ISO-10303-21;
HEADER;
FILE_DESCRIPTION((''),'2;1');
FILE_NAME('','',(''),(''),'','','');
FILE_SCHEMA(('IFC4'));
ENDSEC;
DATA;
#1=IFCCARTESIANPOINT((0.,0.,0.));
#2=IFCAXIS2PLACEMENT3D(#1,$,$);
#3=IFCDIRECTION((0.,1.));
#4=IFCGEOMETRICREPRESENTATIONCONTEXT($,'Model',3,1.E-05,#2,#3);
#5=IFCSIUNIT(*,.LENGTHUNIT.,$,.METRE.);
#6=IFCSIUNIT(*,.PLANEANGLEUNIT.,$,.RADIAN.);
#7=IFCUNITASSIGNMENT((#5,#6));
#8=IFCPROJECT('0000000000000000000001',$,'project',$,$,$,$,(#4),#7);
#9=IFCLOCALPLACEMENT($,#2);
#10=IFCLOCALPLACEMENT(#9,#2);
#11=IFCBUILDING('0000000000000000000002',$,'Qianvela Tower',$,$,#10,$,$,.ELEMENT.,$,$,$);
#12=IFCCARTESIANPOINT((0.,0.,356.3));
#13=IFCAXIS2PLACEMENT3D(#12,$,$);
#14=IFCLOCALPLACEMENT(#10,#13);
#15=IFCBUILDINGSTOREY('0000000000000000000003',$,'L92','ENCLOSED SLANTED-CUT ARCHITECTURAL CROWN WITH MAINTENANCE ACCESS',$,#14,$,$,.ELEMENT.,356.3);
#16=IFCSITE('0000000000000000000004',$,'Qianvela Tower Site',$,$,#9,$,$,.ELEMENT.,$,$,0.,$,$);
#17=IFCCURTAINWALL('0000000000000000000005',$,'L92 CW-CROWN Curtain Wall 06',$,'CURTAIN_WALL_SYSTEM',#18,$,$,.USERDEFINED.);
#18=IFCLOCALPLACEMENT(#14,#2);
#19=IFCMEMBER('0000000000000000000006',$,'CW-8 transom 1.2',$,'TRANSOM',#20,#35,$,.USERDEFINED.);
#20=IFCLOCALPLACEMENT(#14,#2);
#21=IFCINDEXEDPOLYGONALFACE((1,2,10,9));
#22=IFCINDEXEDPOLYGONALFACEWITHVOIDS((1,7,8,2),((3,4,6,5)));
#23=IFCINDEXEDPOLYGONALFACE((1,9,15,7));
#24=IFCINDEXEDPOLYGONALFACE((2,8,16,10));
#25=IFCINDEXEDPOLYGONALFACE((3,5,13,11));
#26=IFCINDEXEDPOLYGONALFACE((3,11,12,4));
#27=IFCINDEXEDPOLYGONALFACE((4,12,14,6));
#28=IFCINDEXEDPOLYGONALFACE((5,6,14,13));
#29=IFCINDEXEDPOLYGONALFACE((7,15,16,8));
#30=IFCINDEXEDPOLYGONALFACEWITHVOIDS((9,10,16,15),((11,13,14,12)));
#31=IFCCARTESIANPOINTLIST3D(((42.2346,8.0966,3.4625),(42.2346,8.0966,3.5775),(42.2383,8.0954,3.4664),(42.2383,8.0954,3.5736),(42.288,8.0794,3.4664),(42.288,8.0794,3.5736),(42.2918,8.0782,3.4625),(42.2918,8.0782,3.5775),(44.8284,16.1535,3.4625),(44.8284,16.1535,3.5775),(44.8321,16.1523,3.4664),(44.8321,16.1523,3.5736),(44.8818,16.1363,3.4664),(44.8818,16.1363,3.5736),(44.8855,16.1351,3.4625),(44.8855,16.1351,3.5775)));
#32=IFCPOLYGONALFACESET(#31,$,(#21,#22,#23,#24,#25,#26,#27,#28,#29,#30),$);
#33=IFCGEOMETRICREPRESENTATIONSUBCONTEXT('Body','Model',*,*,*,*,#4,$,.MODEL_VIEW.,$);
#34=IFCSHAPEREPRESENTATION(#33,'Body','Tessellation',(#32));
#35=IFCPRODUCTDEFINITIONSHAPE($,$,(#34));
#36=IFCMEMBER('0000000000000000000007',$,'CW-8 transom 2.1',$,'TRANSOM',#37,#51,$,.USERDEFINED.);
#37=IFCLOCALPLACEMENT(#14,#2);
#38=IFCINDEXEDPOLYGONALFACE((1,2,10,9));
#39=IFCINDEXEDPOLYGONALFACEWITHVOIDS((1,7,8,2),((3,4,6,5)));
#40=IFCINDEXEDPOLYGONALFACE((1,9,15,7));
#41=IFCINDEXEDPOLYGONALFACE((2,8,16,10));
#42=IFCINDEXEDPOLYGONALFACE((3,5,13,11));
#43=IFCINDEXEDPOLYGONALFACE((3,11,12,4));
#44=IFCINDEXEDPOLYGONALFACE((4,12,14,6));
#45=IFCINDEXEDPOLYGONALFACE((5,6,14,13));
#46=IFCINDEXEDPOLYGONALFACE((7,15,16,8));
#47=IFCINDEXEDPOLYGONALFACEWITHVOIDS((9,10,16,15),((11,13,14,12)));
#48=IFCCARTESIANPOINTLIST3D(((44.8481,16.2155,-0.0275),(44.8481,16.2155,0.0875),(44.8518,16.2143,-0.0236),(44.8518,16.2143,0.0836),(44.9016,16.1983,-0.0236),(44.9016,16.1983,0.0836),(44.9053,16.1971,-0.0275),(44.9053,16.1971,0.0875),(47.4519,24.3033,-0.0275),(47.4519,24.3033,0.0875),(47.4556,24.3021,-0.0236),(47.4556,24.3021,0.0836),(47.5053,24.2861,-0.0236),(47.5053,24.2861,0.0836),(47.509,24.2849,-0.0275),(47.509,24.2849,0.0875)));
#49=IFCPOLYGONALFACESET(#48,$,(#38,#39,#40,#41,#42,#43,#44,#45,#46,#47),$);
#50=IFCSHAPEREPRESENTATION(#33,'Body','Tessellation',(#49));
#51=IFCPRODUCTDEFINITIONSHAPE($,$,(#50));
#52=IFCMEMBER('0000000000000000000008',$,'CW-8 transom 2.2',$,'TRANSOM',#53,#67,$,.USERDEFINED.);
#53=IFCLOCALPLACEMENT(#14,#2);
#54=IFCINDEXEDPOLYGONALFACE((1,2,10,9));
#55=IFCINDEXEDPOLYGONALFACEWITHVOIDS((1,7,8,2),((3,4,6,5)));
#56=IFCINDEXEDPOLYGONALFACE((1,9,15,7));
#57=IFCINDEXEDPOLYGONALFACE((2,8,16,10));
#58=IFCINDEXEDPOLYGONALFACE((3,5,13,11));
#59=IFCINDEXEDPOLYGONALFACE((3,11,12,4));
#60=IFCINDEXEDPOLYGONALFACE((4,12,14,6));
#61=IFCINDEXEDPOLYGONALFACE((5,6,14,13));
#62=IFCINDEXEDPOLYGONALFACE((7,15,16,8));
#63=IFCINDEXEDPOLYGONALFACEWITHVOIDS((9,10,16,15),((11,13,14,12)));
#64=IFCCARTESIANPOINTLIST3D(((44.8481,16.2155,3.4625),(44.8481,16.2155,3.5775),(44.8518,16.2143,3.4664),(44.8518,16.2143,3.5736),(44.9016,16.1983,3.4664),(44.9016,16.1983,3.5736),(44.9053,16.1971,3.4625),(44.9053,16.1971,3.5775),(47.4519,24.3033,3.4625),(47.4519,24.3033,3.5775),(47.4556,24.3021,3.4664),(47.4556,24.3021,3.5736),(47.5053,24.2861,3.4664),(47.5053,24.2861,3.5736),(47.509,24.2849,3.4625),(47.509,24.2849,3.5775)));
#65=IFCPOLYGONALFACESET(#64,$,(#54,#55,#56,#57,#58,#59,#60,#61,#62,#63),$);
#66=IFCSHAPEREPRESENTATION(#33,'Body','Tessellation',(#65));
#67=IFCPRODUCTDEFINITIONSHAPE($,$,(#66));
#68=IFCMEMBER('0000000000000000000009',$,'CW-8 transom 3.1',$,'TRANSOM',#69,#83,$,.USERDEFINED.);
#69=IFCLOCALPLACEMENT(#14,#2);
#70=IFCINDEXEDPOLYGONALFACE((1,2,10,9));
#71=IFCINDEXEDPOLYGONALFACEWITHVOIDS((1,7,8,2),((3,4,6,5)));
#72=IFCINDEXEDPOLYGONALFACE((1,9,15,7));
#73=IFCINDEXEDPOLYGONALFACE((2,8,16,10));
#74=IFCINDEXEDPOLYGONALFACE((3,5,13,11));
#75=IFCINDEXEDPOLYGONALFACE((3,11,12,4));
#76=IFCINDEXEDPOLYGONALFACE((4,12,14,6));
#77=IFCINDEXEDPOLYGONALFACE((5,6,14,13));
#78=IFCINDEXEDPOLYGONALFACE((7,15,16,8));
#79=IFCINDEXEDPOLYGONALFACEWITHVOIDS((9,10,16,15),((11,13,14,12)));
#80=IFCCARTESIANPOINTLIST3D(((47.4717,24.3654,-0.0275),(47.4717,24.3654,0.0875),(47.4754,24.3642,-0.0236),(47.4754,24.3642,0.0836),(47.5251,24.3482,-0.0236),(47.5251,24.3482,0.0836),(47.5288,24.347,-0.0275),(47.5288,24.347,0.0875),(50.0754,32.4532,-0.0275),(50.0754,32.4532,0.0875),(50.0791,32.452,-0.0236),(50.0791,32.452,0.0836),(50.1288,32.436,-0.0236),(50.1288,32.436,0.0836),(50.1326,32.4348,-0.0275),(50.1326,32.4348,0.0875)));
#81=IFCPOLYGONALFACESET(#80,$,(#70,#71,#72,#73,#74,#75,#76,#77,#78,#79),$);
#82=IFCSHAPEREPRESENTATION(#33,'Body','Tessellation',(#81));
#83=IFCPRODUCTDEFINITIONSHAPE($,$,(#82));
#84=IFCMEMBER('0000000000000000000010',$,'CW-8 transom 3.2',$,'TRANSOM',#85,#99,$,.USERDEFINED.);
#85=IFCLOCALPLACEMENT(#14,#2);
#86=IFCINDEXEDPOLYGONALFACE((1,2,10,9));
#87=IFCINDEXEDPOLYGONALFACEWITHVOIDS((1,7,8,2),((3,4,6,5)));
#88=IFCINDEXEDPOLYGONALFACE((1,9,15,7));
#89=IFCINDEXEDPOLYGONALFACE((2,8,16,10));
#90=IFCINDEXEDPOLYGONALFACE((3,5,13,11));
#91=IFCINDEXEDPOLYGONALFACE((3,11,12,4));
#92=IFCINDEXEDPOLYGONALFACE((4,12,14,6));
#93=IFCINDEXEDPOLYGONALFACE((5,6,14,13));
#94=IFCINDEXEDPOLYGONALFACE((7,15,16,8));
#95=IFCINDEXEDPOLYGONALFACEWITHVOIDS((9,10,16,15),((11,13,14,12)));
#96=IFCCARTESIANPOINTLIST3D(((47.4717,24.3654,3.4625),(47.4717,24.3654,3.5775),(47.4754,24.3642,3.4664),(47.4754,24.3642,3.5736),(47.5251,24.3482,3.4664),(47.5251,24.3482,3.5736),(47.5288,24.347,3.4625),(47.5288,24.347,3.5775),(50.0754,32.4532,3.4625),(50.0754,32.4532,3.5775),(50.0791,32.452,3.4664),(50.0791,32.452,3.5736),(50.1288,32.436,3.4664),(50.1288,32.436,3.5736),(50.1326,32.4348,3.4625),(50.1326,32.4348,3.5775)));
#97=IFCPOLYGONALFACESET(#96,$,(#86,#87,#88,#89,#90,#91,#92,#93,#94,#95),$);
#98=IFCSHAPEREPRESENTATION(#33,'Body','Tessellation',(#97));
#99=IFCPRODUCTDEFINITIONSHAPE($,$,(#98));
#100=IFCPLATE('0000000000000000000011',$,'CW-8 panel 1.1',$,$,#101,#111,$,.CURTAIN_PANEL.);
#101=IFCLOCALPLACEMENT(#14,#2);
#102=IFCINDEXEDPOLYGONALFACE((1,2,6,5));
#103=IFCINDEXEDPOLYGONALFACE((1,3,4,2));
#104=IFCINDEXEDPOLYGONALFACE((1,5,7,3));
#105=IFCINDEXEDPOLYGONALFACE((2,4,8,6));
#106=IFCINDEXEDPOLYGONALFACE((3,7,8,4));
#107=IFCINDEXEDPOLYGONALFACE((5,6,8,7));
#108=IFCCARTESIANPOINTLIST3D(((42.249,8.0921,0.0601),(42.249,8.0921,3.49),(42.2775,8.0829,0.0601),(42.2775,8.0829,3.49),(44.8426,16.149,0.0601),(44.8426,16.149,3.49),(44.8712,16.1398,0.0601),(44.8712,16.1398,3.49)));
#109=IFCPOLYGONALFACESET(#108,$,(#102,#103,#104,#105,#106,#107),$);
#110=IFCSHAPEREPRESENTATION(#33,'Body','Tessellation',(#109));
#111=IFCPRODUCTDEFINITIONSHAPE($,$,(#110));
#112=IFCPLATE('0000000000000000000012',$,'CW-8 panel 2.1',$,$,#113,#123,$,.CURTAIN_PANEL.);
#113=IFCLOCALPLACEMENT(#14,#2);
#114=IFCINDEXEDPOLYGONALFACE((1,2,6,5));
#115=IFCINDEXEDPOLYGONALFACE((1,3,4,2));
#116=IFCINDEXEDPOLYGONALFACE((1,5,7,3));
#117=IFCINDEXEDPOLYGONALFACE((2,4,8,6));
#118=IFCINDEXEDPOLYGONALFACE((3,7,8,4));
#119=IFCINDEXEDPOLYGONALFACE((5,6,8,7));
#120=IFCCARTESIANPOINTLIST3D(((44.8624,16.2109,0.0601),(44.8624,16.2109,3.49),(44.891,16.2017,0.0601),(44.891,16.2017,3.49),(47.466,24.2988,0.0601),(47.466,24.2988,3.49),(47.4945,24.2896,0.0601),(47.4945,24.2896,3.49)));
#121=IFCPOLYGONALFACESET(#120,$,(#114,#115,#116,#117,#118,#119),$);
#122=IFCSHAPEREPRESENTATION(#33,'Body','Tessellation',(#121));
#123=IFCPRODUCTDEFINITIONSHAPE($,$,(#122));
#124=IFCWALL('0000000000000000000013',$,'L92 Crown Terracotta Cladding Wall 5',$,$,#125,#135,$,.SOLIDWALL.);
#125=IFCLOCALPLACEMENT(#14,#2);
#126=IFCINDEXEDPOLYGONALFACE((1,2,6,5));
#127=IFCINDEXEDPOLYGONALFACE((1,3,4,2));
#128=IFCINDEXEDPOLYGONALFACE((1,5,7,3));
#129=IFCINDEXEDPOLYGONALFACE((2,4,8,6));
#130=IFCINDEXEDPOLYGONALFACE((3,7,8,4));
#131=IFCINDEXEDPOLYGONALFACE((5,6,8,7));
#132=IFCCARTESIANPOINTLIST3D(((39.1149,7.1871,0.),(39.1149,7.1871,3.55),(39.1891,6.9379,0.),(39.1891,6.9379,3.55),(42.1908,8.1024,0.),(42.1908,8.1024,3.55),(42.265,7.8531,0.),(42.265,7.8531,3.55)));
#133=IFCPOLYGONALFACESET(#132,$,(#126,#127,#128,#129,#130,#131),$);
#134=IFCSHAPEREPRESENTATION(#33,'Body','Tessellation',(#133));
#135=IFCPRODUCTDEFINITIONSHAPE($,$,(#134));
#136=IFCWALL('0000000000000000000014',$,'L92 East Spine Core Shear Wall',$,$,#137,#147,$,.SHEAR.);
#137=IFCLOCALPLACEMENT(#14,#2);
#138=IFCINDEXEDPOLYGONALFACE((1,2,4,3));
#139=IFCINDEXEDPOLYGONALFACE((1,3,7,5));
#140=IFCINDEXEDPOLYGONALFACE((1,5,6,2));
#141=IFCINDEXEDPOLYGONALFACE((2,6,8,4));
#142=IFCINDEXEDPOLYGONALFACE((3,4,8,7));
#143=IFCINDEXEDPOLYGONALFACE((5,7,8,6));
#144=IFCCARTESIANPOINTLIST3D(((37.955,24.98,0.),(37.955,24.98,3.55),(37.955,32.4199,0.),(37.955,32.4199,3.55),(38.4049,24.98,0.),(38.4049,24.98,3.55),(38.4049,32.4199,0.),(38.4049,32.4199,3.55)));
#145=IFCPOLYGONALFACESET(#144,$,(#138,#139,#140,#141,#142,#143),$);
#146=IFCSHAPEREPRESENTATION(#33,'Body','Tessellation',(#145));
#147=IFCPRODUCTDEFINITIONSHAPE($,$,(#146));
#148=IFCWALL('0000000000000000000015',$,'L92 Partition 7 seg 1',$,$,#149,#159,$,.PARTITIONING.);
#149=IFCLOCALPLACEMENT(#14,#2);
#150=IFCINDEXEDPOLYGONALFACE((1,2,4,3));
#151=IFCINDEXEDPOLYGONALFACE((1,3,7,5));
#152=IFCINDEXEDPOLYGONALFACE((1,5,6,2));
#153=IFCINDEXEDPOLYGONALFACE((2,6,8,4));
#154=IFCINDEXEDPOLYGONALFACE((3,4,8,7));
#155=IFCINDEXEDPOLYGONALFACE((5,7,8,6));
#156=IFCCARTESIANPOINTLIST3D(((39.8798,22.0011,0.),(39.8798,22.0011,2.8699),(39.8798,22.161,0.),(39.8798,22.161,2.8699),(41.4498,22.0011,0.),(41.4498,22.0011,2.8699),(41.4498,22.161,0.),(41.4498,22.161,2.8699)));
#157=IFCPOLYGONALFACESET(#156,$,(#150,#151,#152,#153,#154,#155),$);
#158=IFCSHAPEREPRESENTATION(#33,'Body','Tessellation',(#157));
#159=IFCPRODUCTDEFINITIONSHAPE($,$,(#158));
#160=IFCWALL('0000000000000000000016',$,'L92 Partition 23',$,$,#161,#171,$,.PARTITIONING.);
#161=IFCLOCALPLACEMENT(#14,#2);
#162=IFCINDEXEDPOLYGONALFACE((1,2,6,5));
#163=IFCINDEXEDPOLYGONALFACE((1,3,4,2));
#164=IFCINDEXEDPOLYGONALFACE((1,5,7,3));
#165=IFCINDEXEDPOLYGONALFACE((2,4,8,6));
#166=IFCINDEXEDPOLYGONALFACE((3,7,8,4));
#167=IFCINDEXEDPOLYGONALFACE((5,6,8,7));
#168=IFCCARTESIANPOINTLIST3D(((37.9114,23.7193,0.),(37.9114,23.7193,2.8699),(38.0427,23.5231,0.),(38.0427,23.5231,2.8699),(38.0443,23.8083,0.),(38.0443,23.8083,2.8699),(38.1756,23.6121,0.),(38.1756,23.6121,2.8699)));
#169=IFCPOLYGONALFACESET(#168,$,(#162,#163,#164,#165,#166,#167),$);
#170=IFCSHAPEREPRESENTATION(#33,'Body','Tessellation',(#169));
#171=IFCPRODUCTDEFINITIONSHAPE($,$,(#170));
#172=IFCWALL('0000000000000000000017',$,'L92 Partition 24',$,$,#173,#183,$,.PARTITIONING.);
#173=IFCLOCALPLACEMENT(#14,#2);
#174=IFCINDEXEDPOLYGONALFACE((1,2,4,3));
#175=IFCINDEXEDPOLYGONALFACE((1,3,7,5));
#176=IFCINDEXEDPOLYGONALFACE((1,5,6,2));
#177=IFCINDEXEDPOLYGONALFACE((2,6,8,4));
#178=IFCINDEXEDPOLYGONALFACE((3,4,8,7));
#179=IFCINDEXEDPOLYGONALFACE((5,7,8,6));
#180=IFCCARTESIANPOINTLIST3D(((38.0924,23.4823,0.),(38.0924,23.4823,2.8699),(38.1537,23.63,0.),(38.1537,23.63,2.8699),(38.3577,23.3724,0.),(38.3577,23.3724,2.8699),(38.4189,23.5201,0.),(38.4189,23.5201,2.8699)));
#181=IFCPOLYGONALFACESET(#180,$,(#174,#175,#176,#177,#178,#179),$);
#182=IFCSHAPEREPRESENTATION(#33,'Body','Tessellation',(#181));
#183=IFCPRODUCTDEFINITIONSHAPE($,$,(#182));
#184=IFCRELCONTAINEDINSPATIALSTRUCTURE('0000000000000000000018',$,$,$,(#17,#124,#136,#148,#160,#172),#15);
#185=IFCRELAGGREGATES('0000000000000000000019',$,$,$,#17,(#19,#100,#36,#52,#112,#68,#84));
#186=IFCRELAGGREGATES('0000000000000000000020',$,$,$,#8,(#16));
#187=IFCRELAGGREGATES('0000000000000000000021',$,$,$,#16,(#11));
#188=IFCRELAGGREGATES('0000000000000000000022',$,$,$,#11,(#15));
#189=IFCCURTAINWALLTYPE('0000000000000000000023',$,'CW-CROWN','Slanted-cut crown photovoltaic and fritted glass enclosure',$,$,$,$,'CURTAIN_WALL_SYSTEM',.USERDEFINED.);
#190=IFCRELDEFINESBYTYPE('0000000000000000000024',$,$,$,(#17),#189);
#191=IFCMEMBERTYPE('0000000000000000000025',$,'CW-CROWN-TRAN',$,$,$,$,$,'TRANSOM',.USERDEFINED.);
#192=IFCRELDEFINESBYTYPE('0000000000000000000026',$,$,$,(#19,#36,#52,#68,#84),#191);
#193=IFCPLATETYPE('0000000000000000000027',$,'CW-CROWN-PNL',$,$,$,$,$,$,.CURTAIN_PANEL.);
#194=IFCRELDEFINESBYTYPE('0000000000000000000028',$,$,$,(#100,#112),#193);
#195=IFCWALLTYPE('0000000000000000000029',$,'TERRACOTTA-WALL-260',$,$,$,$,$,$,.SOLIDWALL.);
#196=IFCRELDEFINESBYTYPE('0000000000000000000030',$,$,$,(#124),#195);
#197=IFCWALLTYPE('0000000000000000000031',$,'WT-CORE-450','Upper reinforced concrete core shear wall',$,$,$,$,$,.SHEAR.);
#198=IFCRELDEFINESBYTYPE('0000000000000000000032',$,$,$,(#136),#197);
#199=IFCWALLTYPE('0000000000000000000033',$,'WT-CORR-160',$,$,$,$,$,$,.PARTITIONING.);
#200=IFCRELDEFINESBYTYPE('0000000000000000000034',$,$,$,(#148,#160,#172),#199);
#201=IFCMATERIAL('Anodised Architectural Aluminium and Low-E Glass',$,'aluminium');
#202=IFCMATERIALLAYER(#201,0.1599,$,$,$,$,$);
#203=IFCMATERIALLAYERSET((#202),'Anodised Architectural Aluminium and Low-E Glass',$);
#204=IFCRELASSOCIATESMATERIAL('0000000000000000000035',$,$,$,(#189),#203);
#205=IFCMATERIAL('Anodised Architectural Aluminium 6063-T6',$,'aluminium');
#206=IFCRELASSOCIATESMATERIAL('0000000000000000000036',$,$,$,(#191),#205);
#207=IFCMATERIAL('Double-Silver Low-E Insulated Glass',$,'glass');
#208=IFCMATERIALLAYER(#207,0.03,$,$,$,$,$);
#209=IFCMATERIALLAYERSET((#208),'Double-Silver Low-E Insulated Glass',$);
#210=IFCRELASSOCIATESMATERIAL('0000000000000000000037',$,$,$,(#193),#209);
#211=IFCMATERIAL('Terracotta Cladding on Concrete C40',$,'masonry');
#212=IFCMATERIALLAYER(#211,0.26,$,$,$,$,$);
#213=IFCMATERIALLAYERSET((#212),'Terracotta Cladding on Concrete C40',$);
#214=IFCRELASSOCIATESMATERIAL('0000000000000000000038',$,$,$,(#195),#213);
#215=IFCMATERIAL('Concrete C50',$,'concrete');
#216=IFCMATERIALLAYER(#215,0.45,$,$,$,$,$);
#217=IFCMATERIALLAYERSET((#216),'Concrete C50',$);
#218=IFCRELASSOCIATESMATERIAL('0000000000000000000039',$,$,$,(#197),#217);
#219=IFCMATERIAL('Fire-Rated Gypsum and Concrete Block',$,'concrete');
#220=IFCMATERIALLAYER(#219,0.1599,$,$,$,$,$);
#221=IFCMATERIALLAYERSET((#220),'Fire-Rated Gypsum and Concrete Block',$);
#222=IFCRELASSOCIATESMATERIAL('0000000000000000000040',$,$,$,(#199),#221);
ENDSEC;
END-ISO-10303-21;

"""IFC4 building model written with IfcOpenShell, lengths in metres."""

from ifc_helpers import new_model, si_unit, direction, frame, frame_2d, origin, origin_2d, place, context, subcontext, project, spatial, rectangle, hollow_rectangle, extrude, material, layer, layer_set, material_profile, profile_set, type_object, element, aggregate, save


model = new_model("IFC4")

# Units and contexts
model_context = context("Model", 3, precision=1e-05, world=origin(), true_north=direction((0.0, 1.0)))
body_context = subcontext(model_context, "Body", "Model", "MODEL_VIEW")
ifc_project = project(units=[si_unit("LENGTHUNIT", "METRE"), si_unit("PLANEANGLEUNIT", "RADIAN")], contexts=[model_context])

# Site, building, storey
site_placement = place(None, origin())
site = spatial("IfcSite", under=ifc_project, at=site_placement, Name="Qianvela Tower Site", CompositionType="ELEMENT", RefElevation=0.0)
building_placement = place(site_placement, origin())
building = spatial("IfcBuilding", under=site, at=building_placement, Name="Qianvela Tower", CompositionType="ELEMENT")
storey_placement = place(building_placement, frame((0.0, 0.0, 356.3)))
storey = spatial("IfcBuildingStorey", under=building, at=storey_placement, Name="L92", Description="ENCLOSED SLANTED-CUT ARCHITECTURAL CROWN WITH MAINTENANCE ACCESS", CompositionType="ELEMENT", Elevation=356.3)

# Shared definitions
ifc_material_1 = material(Name="Anodised Architectural Aluminium and Low-E Glass", Category="aluminium")
ifc_layer_1 = layer(ifc_material_1, 0.1599)
ifc_layer_set_1 = layer_set([ifc_layer_1], Name="Anodised Architectural Aluminium and Low-E Glass")
curtain_wall_type = type_object("IfcCurtainWallType", Name="CW-CROWN", Description="Slanted-cut crown photovoltaic and fritted glass enclosure", ElementType="CURTAIN_WALL_SYSTEM", PredefinedType="USERDEFINED", material=ifc_layer_set_1)

# Curtain wall, members, plates
curtain_wall_1_placement = place(storey_placement, origin())
curtain_wall_1 = element("IfcCurtainWall", 1, at=curtain_wall_1_placement, inside=storey, type_object=curtain_wall_type, Name="L92 CW-CROWN Curtain Wall 06", ObjectType="CURTAIN_WALL_SYSTEM", PredefinedType="USERDEFINED")
ifc_material_2 = material(Name="Anodised Architectural Aluminium 6063-T6", Category="aluminium")
ifc_material_profile_1 = material_profile(ifc_material_2, hollow_rectangle(XDim=0.0601, YDim=0.115, WallThickness=0.0039, at=origin_2d()), Name="ALU-TRAN-60x115")
ifc_profile_set_1 = profile_set([ifc_material_profile_1], Name="Anodised Architectural Aluminium 6063-T6")
member_type_1 = type_object("IfcMemberType", Name="CW-CROWN-TRAN", ElementType="TRANSOM", PredefinedType="USERDEFINED", material=ifc_profile_set_1)
member_1_placement = place(storey_placement, frame((42.2632, 8.0874, 3.52), z_axis=(0.306441, 0.95189, 0.0), x_axis=(-0.95189, 0.306441, 0.0)))
member_1 = element("IfcMember", 2, at=member_1_placement, type_object=member_type_1, Name="CW-8 transom 1.2", ObjectType="TRANSOM", PredefinedType="USERDEFINED", context=body_context, shape_type="SweptSolid", body=[
    extrude(hollow_rectangle(XDim=0.0601, YDim=0.115, WallThickness=0.0039, at=origin_2d()), origin(), (0.0, 0.0, 1.0), 8.4641),
])
member_2_placement = place(storey_placement, frame((44.8767, 16.2063, 0.03), z_axis=(0.306444, 0.951889, 0.0), x_axis=(-0.951889, 0.306444, 0.0)))
member_2 = element("IfcMember", 3, at=member_2_placement, type_object=member_type_1, Name="CW-8 transom 2.1", ObjectType="TRANSOM", PredefinedType="USERDEFINED", context=body_context, shape_type="SweptSolid", body=[
    extrude(hollow_rectangle(XDim=0.0601, YDim=0.115, WallThickness=0.0039, at=origin_2d()), origin(), (0.0, 0.0, 1.0), 8.4966),
])
member_3_placement = place(storey_placement, frame((44.8767, 16.2063, 3.52), z_axis=(0.306444, 0.951889, 0.0), x_axis=(-0.951889, 0.306444, 0.0)))
member_3 = element("IfcMember", 4, at=member_3_placement, type_object=member_type_1, Name="CW-8 transom 2.2", ObjectType="TRANSOM", PredefinedType="USERDEFINED", context=body_context, shape_type="SweptSolid", body=[
    extrude(hollow_rectangle(XDim=0.0601, YDim=0.115, WallThickness=0.0039, at=origin_2d()), origin(), (0.0, 0.0, 1.0), 8.4966),
])
member_4_placement = place(storey_placement, frame((47.5002, 24.3562, 0.03), z_axis=(0.306444, 0.951889, 0.0), x_axis=(-0.951889, 0.306444, 0.0)))
member_4 = element("IfcMember", 5, at=member_4_placement, type_object=member_type_1, Name="CW-8 transom 3.1", ObjectType="TRANSOM", PredefinedType="USERDEFINED", context=body_context, shape_type="SweptSolid", body=[
    extrude(hollow_rectangle(XDim=0.0601, YDim=0.115, WallThickness=0.0039, at=origin_2d()), origin(), (0.0, 0.0, 1.0), 8.4966),
])
member_5_placement = place(storey_placement, frame((47.5002, 24.3562, 3.52), z_axis=(0.306444, 0.951889, 0.0), x_axis=(-0.951889, 0.306444, 0.0)))
member_5 = element("IfcMember", 6, at=member_5_placement, type_object=member_type_1, Name="CW-8 transom 3.2", ObjectType="TRANSOM", PredefinedType="USERDEFINED", context=body_context, shape_type="SweptSolid", body=[
    extrude(hollow_rectangle(XDim=0.0601, YDim=0.115, WallThickness=0.0039, at=origin_2d()), origin(), (0.0, 0.0, 1.0), 8.4966),
])
ifc_material_3 = material(Name="Double-Silver Low-E Insulated Glass", Category="glass")
ifc_layer_2 = layer(ifc_material_3, 0.03)
ifc_layer_set_2 = layer_set([ifc_layer_2], Name="Double-Silver Low-E Insulated Glass")
plate_type = type_object("IfcPlateType", Name="CW-CROWN-PNL", PredefinedType="CURTAIN_PANEL", material=ifc_layer_set_2)
plate_1_placement = place(storey_placement, frame((43.5601, 12.116, 0.0601), z_axis=(0.0, 0.0, 1.0), x_axis=(0.306426, 0.951894, 0.0)))
plate_1 = element("IfcPlate", 7, at=plate_1_placement, type_object=plate_type, Name="CW-8 panel 1.1", PredefinedType="CURTAIN_PANEL", context=body_context, shape_type="SweptSolid", body=[
    extrude(rectangle(XDim=8.4641, YDim=0.03, at=origin_2d()), origin(), (0.0, 0.0, 1.0), 3.4299),
])
plate_2_placement = place(storey_placement, frame((46.1785, 20.2502, 0.0601), z_axis=(0.0, 0.0, 1.0), x_axis=(0.306426, 0.951894, 0.0)))
plate_2 = element("IfcPlate", 8, at=plate_2_placement, type_object=plate_type, Name="CW-8 panel 2.1", PredefinedType="CURTAIN_PANEL", context=body_context, shape_type="SweptSolid", body=[
    extrude(rectangle(XDim=8.4966, YDim=0.03, at=origin_2d()), origin(), (0.0, 0.0, 1.0), 3.4299),
])
aggregate(curtain_wall_1, [member_1, plate_1, member_2, member_3, plate_2, member_4, member_5])

# Walls
ifc_material_4 = material(Name="Terracotta Cladding on Concrete C40", Category="masonry")
ifc_layer_3 = layer(ifc_material_4, 0.26)
ifc_layer_set_3 = layer_set([ifc_layer_3], Name="Terracotta Cladding on Concrete C40")
wall_type_1 = type_object("IfcWallType", Name="TERRACOTTA-WALL-260", PredefinedType="SOLIDWALL", material=ifc_layer_set_3)
wall_1_placement = place(storey_placement, frame((39.1521, 7.0625, 0.0), z_axis=(0.0, 0.0, 1.0), x_axis=(0.958467, 0.285205, 0.0)))
element("IfcWall", 9, at=wall_1_placement, inside=storey, type_object=wall_type_1, Name="L92 Crown Terracotta Cladding Wall 5", PredefinedType="SOLIDWALL", context=body_context, shape_type="SweptSolid", body=[
    extrude(rectangle(XDim=3.2092, YDim=0.26, at=frame_2d((1.6045, 0.0))), origin(), (0.0, 0.0, 1.0), 3.55),
])
ifc_material_5 = material(Name="Concrete C50", Category="concrete")
ifc_layer_4 = layer(ifc_material_5, 0.45)
ifc_layer_set_4 = layer_set([ifc_layer_4], Name="Concrete C50")
wall_type_2 = type_object("IfcWallType", Name="WT-CORE-450", Description="Upper reinforced concrete core shear wall", PredefinedType="SHEAR", material=ifc_layer_set_4)
wall_2_placement = place(storey_placement, frame((38.1799, 24.98, 0.0), z_axis=(0.0, 0.0, 1.0), x_axis=(0.0, 1.0, 0.0)))
element("IfcWall", 10, at=wall_2_placement, inside=storey, type_object=wall_type_2, Name="L92 East Spine Core Shear Wall", PredefinedType="SHEAR", context=body_context, shape_type="SweptSolid", body=[
    extrude(rectangle(XDim=7.4399, YDim=0.45, at=frame_2d((3.72, 0.0))), origin(), (0.0, 0.0, 1.0), 3.55),
])
ifc_material_6 = material(Name="Fire-Rated Gypsum and Concrete Block", Category="concrete")
ifc_layer_5 = layer(ifc_material_6, 0.1599)
ifc_layer_set_5 = layer_set([ifc_layer_5], Name="Fire-Rated Gypsum and Concrete Block")
wall_type_3 = type_object("IfcWallType", Name="WT-CORR-160", PredefinedType="PARTITIONING", material=ifc_layer_set_5)
wall_3_placement = place(storey_placement, frame((41.45, 22.0811, 0.0), z_axis=(0.0, 0.0, 1.0), x_axis=(-1.0, 0.0, 0.0)))
element("IfcWall", 11, at=wall_3_placement, inside=storey, type_object=wall_type_3, Name="L92 Partition 7 seg 1", PredefinedType="PARTITIONING", context=body_context, shape_type="SweptSolid", body=[
    extrude(rectangle(XDim=1.5701, YDim=0.1599, at=frame_2d((0.7852, 0.0))), origin(), (0.0, 0.0, 1.0), 2.8699),
])

# Walls
wall_4_placement = place(storey_placement, frame((37.9778, 23.7639, 0.0), z_axis=(0.0, 0.0, 1.0), x_axis=(0.556131, -0.831095, 0.0)))
element("IfcWall", 12, at=wall_4_placement, inside=storey, type_object=wall_type_3, Name="L92 Partition 23", PredefinedType="PARTITIONING", context=body_context, shape_type="SweptSolid", body=[
    extrude(rectangle(XDim=0.2361, YDim=0.1599, at=frame_2d((0.1182, 0.0))), origin(), (0.0, 0.0, 1.0), 2.8699),
])
wall_5_placement = place(storey_placement, frame((38.123, 23.5562, 0.0), z_axis=(0.0, 0.0, 1.0), x_axis=(0.92383, -0.382803, 0.0)))
element("IfcWall", 13, at=wall_5_placement, inside=storey, type_object=wall_type_3, Name="L92 Partition 24", PredefinedType="PARTITIONING", context=body_context, shape_type="SweptSolid", body=[
    extrude(rectangle(XDim=0.2871, YDim=0.1599, at=frame_2d((0.1436, 0.0))), origin(), (0.0, 0.0, 1.0), 2.8699),
])

save(model, "model.ifc")
